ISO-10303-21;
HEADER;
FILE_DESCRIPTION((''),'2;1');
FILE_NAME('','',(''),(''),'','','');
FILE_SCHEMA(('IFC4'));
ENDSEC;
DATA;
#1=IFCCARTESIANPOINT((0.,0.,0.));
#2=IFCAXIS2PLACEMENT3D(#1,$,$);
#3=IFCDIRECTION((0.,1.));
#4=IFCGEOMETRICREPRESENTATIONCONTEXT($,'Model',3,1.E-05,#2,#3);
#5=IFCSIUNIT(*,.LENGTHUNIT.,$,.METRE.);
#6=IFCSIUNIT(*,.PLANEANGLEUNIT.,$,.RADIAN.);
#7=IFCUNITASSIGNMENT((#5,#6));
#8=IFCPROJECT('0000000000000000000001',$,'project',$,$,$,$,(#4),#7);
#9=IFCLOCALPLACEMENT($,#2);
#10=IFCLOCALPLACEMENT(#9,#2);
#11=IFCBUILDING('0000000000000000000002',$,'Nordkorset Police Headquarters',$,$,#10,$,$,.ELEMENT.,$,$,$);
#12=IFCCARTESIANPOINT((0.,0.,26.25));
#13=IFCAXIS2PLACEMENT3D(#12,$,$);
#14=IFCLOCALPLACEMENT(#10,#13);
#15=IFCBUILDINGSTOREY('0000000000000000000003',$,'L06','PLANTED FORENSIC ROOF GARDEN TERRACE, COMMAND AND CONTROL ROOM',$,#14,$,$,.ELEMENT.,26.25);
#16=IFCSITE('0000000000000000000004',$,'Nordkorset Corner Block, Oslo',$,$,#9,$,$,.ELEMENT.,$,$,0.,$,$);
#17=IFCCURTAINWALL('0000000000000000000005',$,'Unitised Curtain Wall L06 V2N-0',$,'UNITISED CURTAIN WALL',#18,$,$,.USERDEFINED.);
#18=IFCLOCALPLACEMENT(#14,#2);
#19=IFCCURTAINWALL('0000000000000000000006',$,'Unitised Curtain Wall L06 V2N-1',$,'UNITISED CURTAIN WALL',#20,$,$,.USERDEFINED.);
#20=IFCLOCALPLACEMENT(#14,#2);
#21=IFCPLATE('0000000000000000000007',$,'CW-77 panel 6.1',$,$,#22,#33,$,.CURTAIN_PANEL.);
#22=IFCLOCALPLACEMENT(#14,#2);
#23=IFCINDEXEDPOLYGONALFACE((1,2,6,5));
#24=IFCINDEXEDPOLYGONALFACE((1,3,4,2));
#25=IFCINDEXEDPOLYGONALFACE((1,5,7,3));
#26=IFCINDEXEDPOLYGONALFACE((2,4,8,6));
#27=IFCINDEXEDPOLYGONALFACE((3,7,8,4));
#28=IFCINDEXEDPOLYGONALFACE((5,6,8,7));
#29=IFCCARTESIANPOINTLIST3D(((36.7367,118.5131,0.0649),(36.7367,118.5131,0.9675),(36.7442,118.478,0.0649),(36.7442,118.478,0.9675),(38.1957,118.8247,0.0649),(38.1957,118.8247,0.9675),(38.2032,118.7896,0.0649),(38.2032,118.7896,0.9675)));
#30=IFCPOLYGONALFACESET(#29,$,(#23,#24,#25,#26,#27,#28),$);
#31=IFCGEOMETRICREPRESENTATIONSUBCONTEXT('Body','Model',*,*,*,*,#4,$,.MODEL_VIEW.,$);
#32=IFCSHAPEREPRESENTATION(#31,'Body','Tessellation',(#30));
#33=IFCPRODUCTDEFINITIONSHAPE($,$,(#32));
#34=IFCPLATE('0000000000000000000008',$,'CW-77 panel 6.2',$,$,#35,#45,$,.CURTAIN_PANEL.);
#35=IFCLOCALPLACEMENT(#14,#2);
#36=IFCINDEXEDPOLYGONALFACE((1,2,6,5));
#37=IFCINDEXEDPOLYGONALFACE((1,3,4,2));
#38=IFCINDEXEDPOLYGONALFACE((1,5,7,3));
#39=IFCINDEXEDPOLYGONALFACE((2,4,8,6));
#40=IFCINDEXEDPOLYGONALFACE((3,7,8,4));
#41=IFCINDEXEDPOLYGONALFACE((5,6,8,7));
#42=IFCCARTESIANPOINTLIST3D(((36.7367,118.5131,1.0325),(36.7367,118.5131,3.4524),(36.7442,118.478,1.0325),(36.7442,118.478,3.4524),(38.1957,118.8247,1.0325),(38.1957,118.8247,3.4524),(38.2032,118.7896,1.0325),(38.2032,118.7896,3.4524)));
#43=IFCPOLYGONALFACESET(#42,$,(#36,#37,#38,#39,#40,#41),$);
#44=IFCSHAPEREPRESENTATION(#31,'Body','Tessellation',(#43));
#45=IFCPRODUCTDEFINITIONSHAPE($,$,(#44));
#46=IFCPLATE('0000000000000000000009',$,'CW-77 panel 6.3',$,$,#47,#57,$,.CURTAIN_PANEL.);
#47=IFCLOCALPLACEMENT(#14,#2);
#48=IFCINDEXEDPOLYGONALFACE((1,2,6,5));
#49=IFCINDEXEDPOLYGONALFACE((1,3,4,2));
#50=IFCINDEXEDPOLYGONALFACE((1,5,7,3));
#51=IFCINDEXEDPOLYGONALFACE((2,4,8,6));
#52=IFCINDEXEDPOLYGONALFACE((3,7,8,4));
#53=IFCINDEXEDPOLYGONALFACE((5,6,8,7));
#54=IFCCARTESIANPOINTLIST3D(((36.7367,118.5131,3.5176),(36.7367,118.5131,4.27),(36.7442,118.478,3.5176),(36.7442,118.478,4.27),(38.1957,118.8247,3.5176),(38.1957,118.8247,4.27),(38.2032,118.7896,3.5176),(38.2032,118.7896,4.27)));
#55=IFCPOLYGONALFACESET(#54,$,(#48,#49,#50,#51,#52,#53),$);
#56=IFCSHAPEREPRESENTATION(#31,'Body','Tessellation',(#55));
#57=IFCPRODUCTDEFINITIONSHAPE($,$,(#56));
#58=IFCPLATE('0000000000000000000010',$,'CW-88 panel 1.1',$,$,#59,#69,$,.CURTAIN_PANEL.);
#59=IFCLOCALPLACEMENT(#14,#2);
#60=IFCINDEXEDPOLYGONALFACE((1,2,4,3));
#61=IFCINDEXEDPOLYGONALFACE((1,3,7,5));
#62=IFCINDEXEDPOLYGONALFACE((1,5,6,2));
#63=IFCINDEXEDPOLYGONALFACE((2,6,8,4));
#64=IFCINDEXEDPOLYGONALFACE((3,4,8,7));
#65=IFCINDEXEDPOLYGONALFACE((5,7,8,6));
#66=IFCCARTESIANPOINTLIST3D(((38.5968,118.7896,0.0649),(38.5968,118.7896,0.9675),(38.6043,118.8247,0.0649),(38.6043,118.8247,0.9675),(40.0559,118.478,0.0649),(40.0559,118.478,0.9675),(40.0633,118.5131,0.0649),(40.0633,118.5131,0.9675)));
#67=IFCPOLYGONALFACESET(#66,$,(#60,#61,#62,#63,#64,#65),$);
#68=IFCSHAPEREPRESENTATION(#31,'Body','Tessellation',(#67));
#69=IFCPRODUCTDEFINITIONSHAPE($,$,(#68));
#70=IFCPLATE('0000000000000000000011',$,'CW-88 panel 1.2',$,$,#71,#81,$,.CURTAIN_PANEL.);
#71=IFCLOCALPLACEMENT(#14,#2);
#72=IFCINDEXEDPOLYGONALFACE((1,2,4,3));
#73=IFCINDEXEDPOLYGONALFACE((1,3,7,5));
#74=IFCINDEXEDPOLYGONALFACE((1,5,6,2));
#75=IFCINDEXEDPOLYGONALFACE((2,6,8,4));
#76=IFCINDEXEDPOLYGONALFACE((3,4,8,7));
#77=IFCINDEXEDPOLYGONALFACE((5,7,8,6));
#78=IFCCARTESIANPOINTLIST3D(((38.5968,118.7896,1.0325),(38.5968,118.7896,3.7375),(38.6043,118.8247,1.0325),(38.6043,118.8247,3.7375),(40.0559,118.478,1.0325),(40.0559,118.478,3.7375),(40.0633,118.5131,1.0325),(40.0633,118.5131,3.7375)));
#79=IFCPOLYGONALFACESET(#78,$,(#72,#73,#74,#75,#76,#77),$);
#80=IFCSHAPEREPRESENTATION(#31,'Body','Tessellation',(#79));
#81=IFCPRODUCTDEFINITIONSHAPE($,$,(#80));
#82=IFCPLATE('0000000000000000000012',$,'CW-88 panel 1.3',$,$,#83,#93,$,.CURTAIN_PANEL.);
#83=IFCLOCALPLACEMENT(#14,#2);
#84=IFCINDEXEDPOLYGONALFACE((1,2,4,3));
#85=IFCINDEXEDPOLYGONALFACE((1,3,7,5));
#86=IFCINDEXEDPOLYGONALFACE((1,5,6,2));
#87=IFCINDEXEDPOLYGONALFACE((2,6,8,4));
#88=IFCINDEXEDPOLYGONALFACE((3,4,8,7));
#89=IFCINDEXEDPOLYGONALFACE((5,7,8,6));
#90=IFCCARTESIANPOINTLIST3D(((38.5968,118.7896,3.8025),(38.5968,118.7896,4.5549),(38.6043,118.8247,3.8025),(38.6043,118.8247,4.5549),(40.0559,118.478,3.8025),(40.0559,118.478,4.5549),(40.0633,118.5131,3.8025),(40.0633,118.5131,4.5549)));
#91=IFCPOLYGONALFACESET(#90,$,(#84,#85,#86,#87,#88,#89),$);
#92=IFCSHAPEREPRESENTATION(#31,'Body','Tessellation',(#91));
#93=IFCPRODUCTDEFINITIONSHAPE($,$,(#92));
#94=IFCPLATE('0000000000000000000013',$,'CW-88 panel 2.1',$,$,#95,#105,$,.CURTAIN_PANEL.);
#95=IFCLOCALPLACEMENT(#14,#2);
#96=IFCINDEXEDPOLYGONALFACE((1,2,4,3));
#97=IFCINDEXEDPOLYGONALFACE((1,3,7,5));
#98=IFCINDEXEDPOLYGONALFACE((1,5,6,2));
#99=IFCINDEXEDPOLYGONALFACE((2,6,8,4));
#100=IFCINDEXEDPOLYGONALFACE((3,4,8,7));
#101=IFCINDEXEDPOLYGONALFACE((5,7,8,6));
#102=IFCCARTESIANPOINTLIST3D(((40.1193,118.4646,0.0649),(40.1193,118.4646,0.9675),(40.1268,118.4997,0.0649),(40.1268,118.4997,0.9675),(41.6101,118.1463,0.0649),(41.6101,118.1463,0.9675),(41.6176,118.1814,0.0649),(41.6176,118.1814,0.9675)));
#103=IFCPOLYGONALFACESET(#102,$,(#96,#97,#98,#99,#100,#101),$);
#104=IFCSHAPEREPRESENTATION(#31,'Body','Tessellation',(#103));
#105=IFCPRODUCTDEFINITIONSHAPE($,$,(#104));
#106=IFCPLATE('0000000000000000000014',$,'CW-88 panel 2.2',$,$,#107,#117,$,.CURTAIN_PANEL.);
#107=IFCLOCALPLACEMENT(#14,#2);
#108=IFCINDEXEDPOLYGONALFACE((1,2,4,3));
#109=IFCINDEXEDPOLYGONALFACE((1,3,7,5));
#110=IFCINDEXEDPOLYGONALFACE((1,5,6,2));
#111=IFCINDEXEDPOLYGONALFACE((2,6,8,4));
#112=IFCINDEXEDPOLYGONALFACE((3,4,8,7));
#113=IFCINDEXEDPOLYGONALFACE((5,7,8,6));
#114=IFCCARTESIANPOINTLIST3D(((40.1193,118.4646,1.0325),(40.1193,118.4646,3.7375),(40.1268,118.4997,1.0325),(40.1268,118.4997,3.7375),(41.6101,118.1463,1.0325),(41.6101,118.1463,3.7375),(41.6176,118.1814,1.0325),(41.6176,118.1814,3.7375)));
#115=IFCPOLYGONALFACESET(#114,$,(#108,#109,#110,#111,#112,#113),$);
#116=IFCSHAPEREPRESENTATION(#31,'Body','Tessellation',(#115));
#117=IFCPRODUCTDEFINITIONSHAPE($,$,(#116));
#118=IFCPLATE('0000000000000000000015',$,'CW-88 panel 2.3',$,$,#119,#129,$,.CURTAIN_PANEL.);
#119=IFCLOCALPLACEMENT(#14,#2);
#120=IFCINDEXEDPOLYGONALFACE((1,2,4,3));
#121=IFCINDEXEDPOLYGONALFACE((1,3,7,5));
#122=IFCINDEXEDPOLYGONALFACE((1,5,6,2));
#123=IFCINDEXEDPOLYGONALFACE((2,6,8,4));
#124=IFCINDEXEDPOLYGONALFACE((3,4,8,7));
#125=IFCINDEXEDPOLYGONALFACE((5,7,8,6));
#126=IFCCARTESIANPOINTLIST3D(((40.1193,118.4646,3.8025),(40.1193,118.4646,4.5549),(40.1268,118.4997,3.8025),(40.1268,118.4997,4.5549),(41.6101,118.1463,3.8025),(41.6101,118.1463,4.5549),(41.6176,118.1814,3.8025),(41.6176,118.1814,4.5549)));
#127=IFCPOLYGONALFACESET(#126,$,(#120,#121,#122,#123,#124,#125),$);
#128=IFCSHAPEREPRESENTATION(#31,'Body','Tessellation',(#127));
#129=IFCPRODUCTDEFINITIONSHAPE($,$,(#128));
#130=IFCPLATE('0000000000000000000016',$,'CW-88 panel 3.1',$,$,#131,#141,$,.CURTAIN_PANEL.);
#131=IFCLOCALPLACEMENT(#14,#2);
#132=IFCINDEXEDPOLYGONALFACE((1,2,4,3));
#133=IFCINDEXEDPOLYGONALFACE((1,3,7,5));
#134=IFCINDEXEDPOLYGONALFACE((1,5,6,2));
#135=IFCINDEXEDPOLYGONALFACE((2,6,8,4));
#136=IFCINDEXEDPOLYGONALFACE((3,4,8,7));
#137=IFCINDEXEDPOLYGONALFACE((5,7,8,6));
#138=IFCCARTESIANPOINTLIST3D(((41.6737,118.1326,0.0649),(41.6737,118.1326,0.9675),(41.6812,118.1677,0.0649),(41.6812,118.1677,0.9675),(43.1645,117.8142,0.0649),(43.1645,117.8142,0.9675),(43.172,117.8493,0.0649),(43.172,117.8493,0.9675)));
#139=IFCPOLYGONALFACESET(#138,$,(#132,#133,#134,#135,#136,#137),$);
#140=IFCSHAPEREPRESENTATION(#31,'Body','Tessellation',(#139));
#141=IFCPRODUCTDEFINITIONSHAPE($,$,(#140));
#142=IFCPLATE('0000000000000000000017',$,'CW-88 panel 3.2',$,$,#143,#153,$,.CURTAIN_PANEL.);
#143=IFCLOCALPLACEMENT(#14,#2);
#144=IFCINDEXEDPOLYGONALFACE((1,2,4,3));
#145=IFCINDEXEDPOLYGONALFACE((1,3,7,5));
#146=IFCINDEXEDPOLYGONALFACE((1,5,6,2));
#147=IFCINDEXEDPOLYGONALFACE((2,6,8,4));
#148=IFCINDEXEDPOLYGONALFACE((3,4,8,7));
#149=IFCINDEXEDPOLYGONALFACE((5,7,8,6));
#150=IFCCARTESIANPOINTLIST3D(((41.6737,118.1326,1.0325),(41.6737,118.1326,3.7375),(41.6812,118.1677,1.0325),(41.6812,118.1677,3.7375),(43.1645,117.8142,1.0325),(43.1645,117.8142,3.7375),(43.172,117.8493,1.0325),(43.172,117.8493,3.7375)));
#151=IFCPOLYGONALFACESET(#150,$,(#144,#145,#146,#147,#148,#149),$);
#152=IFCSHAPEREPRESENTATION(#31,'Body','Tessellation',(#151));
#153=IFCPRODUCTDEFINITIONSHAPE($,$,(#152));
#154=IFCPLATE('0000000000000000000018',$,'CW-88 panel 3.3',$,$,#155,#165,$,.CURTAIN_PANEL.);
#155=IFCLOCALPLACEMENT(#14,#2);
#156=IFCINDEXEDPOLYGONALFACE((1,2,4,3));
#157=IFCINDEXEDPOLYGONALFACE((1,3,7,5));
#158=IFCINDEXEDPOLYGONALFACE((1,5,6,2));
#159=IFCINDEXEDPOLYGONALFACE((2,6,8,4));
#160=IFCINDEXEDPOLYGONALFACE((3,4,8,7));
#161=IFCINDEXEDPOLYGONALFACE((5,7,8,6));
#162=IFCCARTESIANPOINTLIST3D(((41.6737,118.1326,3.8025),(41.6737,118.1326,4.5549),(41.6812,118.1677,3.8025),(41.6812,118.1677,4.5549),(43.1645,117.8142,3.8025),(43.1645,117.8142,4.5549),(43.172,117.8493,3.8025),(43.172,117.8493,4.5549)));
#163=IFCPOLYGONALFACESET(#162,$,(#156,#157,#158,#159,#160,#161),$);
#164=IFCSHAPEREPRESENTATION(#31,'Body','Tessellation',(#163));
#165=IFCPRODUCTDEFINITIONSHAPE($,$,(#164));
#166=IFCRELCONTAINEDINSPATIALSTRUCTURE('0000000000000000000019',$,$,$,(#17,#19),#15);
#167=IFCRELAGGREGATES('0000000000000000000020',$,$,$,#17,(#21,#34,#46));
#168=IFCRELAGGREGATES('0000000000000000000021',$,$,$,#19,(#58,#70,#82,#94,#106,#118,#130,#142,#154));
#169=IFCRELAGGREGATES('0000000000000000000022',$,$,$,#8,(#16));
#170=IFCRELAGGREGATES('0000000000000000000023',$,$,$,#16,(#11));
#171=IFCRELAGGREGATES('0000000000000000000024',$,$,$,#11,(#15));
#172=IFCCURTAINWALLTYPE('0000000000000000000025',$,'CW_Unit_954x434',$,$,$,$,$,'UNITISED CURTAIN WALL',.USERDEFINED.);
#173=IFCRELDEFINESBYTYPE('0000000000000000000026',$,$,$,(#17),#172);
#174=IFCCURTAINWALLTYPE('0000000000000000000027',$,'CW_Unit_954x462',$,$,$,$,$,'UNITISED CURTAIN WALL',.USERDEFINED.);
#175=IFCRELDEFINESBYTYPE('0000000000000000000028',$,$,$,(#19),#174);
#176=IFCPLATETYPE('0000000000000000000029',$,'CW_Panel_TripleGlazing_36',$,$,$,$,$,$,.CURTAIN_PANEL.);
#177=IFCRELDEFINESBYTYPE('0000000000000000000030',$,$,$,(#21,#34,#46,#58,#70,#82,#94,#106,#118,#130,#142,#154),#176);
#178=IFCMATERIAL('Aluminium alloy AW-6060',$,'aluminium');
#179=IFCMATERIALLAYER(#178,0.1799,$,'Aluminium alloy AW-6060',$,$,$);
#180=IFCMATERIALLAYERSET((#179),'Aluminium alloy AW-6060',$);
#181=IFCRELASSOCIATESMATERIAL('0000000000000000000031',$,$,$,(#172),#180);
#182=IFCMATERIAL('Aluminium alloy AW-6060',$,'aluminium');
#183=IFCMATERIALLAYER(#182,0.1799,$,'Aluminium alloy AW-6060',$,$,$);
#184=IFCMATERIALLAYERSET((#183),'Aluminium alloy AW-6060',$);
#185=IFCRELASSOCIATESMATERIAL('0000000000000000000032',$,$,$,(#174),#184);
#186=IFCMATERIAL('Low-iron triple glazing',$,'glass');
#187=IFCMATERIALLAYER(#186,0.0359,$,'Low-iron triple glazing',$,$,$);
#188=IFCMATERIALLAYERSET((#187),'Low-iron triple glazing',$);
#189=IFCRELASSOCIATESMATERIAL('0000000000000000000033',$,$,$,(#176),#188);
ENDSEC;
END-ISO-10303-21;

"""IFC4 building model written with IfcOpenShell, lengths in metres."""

from ifc_helpers import new_model, si_unit, direction, frame, origin, origin_2d, place, context, subcontext, project, spatial, rectangle, extrude, material, layer, layer_set, type_object, element, aggregate, save


model = new_model("IFC4")

# Units and contexts
model_context = context("Model", 3, precision=1e-05, world=origin(), true_north=direction((0.0, 1.0)))
body_context = subcontext(model_context, "Body", "Model", "MODEL_VIEW")
ifc_project = project(units=[si_unit("LENGTHUNIT", "METRE"), si_unit("PLANEANGLEUNIT", "RADIAN")], contexts=[model_context])

# Site, building, storey
site_placement = place(None, origin())
site = spatial("IfcSite", under=ifc_project, at=site_placement, Name="Nordkorset Corner Block, Oslo", CompositionType="ELEMENT", RefElevation=0.0)
building_placement = place(site_placement, origin())
building = spatial("IfcBuilding", under=site, at=building_placement, Name="Nordkorset Police Headquarters", CompositionType="ELEMENT")
storey_placement = place(building_placement, frame((0.0, 0.0, 26.25)))
storey = spatial("IfcBuildingStorey", under=building, at=storey_placement, Name="L06", Description="PLANTED FORENSIC ROOF GARDEN TERRACE, COMMAND AND CONTROL ROOM", CompositionType="ELEMENT", Elevation=26.25)

# Curtain walls
ifc_material_1 = material(Name="Aluminium alloy AW-6060", Category="aluminium")
ifc_layer_1 = layer(ifc_material_1, 0.1799, Name="Aluminium alloy AW-6060")
ifc_layer_set_1 = layer_set([ifc_layer_1], Name="Aluminium alloy AW-6060")
curtain_wall_type_1 = type_object("IfcCurtainWallType", Name="CW_Unit_954x434", ElementType="UNITISED CURTAIN WALL", PredefinedType="USERDEFINED", material=ifc_layer_set_1)
curtain_wall_1_placement = place(storey_placement, origin())
curtain_wall_1 = element("IfcCurtainWall", 1, at=curtain_wall_1_placement, inside=storey, type_object=curtain_wall_type_1, Name="Unitised Curtain Wall L06 V2N-0", ObjectType="UNITISED CURTAIN WALL", PredefinedType="USERDEFINED")
ifc_material_2 = material(Name="Aluminium alloy AW-6060", Category="aluminium")
ifc_layer_2 = layer(ifc_material_2, 0.1799, Name="Aluminium alloy AW-6060")
ifc_layer_set_2 = layer_set([ifc_layer_2], Name="Aluminium alloy AW-6060")
curtain_wall_type_2 = type_object("IfcCurtainWallType", Name="CW_Unit_954x462", ElementType="UNITISED CURTAIN WALL", PredefinedType="USERDEFINED", material=ifc_layer_set_2)
curtain_wall_2_placement = place(storey_placement, origin())
curtain_wall_2 = element("IfcCurtainWall", 2, at=curtain_wall_2_placement, inside=storey, type_object=curtain_wall_type_2, Name="Unitised Curtain Wall L06 V2N-1", ObjectType="UNITISED CURTAIN WALL", PredefinedType="USERDEFINED")

# Plates
ifc_material_3 = material(Name="Low-iron triple glazing", Category="glass")
ifc_layer_3 = layer(ifc_material_3, 0.0359, Name="Low-iron triple glazing")
ifc_layer_set_3 = layer_set([ifc_layer_3], Name="Low-iron triple glazing")
plate_type = type_object("IfcPlateType", Name="CW_Panel_TripleGlazing_36", PredefinedType="CURTAIN_PANEL", material=ifc_layer_set_3)
plate_1_placement = place(storey_placement, frame((37.47, 118.6514, 0.0649), z_axis=(0.0, 0.0, 1.0), x_axis=(0.977951, 0.208833, 0.0)))
plate_1 = element("IfcPlate", 3, at=plate_1_placement, type_object=plate_type, Name="CW-77 panel 6.1", PredefinedType="CURTAIN_PANEL", context=body_context, shape_type="SweptSolid", body=[
    extrude(rectangle(XDim=1.4919, YDim=0.0359, at=origin_2d()), origin(), (0.0, 0.0, 1.0), 0.9026),
])
plate_2_placement = place(storey_placement, frame((37.47, 118.6514, 1.0325), z_axis=(0.0, 0.0, 1.0), x_axis=(0.977951, 0.208833, 0.0)))
plate_2 = element("IfcPlate", 4, at=plate_2_placement, type_object=plate_type, Name="CW-77 panel 6.2", PredefinedType="CURTAIN_PANEL", context=body_context, shape_type="SweptSolid", body=[
    extrude(rectangle(XDim=1.4919, YDim=0.0359, at=origin_2d()), origin(), (0.0, 0.0, 1.0), 2.4199),
])
plate_3_placement = place(storey_placement, frame((37.47, 118.6514, 3.5176), z_axis=(0.0, 0.0, 1.0), x_axis=(0.977951, 0.208833, 0.0)))
plate_3 = element("IfcPlate", 5, at=plate_3_placement, type_object=plate_type, Name="CW-77 panel 6.3", PredefinedType="CURTAIN_PANEL", context=body_context, shape_type="SweptSolid", body=[
    extrude(rectangle(XDim=1.4919, YDim=0.0359, at=origin_2d()), origin(), (0.0, 0.0, 1.0), 0.7524),
])
aggregate(curtain_wall_1, [plate_1, plate_2, plate_3])
plate_4_placement = place(storey_placement, frame((39.3301, 118.6514, 0.0649), z_axis=(0.0, 0.0, 1.0), x_axis=(0.977951, -0.208833, 0.0)))
plate_4 = element("IfcPlate", 6, at=plate_4_placement, type_object=plate_type, Name="CW-88 panel 1.1", PredefinedType="CURTAIN_PANEL", context=body_context, shape_type="SweptSolid", body=[
    extrude(rectangle(XDim=1.4919, YDim=0.0359, at=origin_2d()), origin(), (0.0, 0.0, 1.0), 0.9026),
])
plate_5_placement = place(storey_placement, frame((39.3301, 118.6514, 1.0325), z_axis=(0.0, 0.0, 1.0), x_axis=(0.977951, -0.208833, 0.0)))
plate_5 = element("IfcPlate", 7, at=plate_5_placement, type_object=plate_type, Name="CW-88 panel 1.2", PredefinedType="CURTAIN_PANEL", context=body_context, shape_type="SweptSolid", body=[
    extrude(rectangle(XDim=1.4919, YDim=0.0359, at=origin_2d()), origin(), (0.0, 0.0, 1.0), 2.7051),
])
plate_6_placement = place(storey_placement, frame((39.3301, 118.6514, 3.8025), z_axis=(0.0, 0.0, 1.0), x_axis=(0.977951, -0.208833, 0.0)))
plate_6 = element("IfcPlate", 8, at=plate_6_placement, type_object=plate_type, Name="CW-88 panel 1.3", PredefinedType="CURTAIN_PANEL", context=body_context, shape_type="SweptSolid", body=[
    extrude(rectangle(XDim=1.4919, YDim=0.0359, at=origin_2d()), origin(), (0.0, 0.0, 1.0), 0.7524),
])
plate_7_placement = place(storey_placement, frame((40.8684, 118.323, 0.0649), z_axis=(0.0, 0.0, 1.0), x_axis=(0.977951, -0.208833, 0.0)))
plate_7 = element("IfcPlate", 9, at=plate_7_placement, type_object=plate_type, Name="CW-88 panel 2.1", PredefinedType="CURTAIN_PANEL", context=body_context, shape_type="SweptSolid", body=[
    extrude(rectangle(XDim=1.5244, YDim=0.0359, at=origin_2d()), origin(), (0.0, 0.0, 1.0), 0.9026),
])
plate_8_placement = place(storey_placement, frame((40.8684, 118.323, 1.0325), z_axis=(0.0, 0.0, 1.0), x_axis=(0.977951, -0.208833, 0.0)))
plate_8 = element("IfcPlate", 10, at=plate_8_placement, type_object=plate_type, Name="CW-88 panel 2.2", PredefinedType="CURTAIN_PANEL", context=body_context, shape_type="SweptSolid", body=[
    extrude(rectangle(XDim=1.5244, YDim=0.0359, at=origin_2d()), origin(), (0.0, 0.0, 1.0), 2.7051),
])
plate_9_placement = place(storey_placement, frame((40.8684, 118.323, 3.8025), z_axis=(0.0, 0.0, 1.0), x_axis=(0.977951, -0.208833, 0.0)))
plate_9 = element("IfcPlate", 11, at=plate_9_placement, type_object=plate_type, Name="CW-88 panel 2.3", PredefinedType="CURTAIN_PANEL", context=body_context, shape_type="SweptSolid", body=[
    extrude(rectangle(XDim=1.5244, YDim=0.0359, at=origin_2d()), origin(), (0.0, 0.0, 1.0), 0.7524),
])
plate_10_placement = place(storey_placement, frame((42.4229, 117.991, 0.0649), z_axis=(0.0, 0.0, 1.0), x_axis=(0.977951, -0.208833, 0.0)))
plate_10 = element("IfcPlate", 12, at=plate_10_placement, type_object=plate_type, Name="CW-88 panel 3.1", PredefinedType="CURTAIN_PANEL", context=body_context, shape_type="SweptSolid", body=[
    extrude(rectangle(XDim=1.5244, YDim=0.0359, at=origin_2d()), origin(), (0.0, 0.0, 1.0), 0.9026),
])
plate_11_placement = place(storey_placement, frame((42.4229, 117.991, 1.0325), z_axis=(0.0, 0.0, 1.0), x_axis=(0.977951, -0.208833, 0.0)))
plate_11 = element("IfcPlate", 13, at=plate_11_placement, type_object=plate_type, Name="CW-88 panel 3.2", PredefinedType="CURTAIN_PANEL", context=body_context, shape_type="SweptSolid", body=[
    extrude(rectangle(XDim=1.5244, YDim=0.0359, at=origin_2d()), origin(), (0.0, 0.0, 1.0), 2.7051),
])
plate_12_placement = place(storey_placement, frame((42.4229, 117.991, 3.8025), z_axis=(0.0, 0.0, 1.0), x_axis=(0.977951, -0.208833, 0.0)))
plate_12 = element("IfcPlate", 14, at=plate_12_placement, type_object=plate_type, Name="CW-88 panel 3.3", PredefinedType="CURTAIN_PANEL", context=body_context, shape_type="SweptSolid", body=[
    extrude(rectangle(XDim=1.5244, YDim=0.0359, at=origin_2d()), origin(), (0.0, 0.0, 1.0), 0.7524),
])
aggregate(curtain_wall_2, [plate_4, plate_5, plate_6, plate_7, plate_8, plate_9, plate_10, plate_11, plate_12])

save(model, "model.ifc")
